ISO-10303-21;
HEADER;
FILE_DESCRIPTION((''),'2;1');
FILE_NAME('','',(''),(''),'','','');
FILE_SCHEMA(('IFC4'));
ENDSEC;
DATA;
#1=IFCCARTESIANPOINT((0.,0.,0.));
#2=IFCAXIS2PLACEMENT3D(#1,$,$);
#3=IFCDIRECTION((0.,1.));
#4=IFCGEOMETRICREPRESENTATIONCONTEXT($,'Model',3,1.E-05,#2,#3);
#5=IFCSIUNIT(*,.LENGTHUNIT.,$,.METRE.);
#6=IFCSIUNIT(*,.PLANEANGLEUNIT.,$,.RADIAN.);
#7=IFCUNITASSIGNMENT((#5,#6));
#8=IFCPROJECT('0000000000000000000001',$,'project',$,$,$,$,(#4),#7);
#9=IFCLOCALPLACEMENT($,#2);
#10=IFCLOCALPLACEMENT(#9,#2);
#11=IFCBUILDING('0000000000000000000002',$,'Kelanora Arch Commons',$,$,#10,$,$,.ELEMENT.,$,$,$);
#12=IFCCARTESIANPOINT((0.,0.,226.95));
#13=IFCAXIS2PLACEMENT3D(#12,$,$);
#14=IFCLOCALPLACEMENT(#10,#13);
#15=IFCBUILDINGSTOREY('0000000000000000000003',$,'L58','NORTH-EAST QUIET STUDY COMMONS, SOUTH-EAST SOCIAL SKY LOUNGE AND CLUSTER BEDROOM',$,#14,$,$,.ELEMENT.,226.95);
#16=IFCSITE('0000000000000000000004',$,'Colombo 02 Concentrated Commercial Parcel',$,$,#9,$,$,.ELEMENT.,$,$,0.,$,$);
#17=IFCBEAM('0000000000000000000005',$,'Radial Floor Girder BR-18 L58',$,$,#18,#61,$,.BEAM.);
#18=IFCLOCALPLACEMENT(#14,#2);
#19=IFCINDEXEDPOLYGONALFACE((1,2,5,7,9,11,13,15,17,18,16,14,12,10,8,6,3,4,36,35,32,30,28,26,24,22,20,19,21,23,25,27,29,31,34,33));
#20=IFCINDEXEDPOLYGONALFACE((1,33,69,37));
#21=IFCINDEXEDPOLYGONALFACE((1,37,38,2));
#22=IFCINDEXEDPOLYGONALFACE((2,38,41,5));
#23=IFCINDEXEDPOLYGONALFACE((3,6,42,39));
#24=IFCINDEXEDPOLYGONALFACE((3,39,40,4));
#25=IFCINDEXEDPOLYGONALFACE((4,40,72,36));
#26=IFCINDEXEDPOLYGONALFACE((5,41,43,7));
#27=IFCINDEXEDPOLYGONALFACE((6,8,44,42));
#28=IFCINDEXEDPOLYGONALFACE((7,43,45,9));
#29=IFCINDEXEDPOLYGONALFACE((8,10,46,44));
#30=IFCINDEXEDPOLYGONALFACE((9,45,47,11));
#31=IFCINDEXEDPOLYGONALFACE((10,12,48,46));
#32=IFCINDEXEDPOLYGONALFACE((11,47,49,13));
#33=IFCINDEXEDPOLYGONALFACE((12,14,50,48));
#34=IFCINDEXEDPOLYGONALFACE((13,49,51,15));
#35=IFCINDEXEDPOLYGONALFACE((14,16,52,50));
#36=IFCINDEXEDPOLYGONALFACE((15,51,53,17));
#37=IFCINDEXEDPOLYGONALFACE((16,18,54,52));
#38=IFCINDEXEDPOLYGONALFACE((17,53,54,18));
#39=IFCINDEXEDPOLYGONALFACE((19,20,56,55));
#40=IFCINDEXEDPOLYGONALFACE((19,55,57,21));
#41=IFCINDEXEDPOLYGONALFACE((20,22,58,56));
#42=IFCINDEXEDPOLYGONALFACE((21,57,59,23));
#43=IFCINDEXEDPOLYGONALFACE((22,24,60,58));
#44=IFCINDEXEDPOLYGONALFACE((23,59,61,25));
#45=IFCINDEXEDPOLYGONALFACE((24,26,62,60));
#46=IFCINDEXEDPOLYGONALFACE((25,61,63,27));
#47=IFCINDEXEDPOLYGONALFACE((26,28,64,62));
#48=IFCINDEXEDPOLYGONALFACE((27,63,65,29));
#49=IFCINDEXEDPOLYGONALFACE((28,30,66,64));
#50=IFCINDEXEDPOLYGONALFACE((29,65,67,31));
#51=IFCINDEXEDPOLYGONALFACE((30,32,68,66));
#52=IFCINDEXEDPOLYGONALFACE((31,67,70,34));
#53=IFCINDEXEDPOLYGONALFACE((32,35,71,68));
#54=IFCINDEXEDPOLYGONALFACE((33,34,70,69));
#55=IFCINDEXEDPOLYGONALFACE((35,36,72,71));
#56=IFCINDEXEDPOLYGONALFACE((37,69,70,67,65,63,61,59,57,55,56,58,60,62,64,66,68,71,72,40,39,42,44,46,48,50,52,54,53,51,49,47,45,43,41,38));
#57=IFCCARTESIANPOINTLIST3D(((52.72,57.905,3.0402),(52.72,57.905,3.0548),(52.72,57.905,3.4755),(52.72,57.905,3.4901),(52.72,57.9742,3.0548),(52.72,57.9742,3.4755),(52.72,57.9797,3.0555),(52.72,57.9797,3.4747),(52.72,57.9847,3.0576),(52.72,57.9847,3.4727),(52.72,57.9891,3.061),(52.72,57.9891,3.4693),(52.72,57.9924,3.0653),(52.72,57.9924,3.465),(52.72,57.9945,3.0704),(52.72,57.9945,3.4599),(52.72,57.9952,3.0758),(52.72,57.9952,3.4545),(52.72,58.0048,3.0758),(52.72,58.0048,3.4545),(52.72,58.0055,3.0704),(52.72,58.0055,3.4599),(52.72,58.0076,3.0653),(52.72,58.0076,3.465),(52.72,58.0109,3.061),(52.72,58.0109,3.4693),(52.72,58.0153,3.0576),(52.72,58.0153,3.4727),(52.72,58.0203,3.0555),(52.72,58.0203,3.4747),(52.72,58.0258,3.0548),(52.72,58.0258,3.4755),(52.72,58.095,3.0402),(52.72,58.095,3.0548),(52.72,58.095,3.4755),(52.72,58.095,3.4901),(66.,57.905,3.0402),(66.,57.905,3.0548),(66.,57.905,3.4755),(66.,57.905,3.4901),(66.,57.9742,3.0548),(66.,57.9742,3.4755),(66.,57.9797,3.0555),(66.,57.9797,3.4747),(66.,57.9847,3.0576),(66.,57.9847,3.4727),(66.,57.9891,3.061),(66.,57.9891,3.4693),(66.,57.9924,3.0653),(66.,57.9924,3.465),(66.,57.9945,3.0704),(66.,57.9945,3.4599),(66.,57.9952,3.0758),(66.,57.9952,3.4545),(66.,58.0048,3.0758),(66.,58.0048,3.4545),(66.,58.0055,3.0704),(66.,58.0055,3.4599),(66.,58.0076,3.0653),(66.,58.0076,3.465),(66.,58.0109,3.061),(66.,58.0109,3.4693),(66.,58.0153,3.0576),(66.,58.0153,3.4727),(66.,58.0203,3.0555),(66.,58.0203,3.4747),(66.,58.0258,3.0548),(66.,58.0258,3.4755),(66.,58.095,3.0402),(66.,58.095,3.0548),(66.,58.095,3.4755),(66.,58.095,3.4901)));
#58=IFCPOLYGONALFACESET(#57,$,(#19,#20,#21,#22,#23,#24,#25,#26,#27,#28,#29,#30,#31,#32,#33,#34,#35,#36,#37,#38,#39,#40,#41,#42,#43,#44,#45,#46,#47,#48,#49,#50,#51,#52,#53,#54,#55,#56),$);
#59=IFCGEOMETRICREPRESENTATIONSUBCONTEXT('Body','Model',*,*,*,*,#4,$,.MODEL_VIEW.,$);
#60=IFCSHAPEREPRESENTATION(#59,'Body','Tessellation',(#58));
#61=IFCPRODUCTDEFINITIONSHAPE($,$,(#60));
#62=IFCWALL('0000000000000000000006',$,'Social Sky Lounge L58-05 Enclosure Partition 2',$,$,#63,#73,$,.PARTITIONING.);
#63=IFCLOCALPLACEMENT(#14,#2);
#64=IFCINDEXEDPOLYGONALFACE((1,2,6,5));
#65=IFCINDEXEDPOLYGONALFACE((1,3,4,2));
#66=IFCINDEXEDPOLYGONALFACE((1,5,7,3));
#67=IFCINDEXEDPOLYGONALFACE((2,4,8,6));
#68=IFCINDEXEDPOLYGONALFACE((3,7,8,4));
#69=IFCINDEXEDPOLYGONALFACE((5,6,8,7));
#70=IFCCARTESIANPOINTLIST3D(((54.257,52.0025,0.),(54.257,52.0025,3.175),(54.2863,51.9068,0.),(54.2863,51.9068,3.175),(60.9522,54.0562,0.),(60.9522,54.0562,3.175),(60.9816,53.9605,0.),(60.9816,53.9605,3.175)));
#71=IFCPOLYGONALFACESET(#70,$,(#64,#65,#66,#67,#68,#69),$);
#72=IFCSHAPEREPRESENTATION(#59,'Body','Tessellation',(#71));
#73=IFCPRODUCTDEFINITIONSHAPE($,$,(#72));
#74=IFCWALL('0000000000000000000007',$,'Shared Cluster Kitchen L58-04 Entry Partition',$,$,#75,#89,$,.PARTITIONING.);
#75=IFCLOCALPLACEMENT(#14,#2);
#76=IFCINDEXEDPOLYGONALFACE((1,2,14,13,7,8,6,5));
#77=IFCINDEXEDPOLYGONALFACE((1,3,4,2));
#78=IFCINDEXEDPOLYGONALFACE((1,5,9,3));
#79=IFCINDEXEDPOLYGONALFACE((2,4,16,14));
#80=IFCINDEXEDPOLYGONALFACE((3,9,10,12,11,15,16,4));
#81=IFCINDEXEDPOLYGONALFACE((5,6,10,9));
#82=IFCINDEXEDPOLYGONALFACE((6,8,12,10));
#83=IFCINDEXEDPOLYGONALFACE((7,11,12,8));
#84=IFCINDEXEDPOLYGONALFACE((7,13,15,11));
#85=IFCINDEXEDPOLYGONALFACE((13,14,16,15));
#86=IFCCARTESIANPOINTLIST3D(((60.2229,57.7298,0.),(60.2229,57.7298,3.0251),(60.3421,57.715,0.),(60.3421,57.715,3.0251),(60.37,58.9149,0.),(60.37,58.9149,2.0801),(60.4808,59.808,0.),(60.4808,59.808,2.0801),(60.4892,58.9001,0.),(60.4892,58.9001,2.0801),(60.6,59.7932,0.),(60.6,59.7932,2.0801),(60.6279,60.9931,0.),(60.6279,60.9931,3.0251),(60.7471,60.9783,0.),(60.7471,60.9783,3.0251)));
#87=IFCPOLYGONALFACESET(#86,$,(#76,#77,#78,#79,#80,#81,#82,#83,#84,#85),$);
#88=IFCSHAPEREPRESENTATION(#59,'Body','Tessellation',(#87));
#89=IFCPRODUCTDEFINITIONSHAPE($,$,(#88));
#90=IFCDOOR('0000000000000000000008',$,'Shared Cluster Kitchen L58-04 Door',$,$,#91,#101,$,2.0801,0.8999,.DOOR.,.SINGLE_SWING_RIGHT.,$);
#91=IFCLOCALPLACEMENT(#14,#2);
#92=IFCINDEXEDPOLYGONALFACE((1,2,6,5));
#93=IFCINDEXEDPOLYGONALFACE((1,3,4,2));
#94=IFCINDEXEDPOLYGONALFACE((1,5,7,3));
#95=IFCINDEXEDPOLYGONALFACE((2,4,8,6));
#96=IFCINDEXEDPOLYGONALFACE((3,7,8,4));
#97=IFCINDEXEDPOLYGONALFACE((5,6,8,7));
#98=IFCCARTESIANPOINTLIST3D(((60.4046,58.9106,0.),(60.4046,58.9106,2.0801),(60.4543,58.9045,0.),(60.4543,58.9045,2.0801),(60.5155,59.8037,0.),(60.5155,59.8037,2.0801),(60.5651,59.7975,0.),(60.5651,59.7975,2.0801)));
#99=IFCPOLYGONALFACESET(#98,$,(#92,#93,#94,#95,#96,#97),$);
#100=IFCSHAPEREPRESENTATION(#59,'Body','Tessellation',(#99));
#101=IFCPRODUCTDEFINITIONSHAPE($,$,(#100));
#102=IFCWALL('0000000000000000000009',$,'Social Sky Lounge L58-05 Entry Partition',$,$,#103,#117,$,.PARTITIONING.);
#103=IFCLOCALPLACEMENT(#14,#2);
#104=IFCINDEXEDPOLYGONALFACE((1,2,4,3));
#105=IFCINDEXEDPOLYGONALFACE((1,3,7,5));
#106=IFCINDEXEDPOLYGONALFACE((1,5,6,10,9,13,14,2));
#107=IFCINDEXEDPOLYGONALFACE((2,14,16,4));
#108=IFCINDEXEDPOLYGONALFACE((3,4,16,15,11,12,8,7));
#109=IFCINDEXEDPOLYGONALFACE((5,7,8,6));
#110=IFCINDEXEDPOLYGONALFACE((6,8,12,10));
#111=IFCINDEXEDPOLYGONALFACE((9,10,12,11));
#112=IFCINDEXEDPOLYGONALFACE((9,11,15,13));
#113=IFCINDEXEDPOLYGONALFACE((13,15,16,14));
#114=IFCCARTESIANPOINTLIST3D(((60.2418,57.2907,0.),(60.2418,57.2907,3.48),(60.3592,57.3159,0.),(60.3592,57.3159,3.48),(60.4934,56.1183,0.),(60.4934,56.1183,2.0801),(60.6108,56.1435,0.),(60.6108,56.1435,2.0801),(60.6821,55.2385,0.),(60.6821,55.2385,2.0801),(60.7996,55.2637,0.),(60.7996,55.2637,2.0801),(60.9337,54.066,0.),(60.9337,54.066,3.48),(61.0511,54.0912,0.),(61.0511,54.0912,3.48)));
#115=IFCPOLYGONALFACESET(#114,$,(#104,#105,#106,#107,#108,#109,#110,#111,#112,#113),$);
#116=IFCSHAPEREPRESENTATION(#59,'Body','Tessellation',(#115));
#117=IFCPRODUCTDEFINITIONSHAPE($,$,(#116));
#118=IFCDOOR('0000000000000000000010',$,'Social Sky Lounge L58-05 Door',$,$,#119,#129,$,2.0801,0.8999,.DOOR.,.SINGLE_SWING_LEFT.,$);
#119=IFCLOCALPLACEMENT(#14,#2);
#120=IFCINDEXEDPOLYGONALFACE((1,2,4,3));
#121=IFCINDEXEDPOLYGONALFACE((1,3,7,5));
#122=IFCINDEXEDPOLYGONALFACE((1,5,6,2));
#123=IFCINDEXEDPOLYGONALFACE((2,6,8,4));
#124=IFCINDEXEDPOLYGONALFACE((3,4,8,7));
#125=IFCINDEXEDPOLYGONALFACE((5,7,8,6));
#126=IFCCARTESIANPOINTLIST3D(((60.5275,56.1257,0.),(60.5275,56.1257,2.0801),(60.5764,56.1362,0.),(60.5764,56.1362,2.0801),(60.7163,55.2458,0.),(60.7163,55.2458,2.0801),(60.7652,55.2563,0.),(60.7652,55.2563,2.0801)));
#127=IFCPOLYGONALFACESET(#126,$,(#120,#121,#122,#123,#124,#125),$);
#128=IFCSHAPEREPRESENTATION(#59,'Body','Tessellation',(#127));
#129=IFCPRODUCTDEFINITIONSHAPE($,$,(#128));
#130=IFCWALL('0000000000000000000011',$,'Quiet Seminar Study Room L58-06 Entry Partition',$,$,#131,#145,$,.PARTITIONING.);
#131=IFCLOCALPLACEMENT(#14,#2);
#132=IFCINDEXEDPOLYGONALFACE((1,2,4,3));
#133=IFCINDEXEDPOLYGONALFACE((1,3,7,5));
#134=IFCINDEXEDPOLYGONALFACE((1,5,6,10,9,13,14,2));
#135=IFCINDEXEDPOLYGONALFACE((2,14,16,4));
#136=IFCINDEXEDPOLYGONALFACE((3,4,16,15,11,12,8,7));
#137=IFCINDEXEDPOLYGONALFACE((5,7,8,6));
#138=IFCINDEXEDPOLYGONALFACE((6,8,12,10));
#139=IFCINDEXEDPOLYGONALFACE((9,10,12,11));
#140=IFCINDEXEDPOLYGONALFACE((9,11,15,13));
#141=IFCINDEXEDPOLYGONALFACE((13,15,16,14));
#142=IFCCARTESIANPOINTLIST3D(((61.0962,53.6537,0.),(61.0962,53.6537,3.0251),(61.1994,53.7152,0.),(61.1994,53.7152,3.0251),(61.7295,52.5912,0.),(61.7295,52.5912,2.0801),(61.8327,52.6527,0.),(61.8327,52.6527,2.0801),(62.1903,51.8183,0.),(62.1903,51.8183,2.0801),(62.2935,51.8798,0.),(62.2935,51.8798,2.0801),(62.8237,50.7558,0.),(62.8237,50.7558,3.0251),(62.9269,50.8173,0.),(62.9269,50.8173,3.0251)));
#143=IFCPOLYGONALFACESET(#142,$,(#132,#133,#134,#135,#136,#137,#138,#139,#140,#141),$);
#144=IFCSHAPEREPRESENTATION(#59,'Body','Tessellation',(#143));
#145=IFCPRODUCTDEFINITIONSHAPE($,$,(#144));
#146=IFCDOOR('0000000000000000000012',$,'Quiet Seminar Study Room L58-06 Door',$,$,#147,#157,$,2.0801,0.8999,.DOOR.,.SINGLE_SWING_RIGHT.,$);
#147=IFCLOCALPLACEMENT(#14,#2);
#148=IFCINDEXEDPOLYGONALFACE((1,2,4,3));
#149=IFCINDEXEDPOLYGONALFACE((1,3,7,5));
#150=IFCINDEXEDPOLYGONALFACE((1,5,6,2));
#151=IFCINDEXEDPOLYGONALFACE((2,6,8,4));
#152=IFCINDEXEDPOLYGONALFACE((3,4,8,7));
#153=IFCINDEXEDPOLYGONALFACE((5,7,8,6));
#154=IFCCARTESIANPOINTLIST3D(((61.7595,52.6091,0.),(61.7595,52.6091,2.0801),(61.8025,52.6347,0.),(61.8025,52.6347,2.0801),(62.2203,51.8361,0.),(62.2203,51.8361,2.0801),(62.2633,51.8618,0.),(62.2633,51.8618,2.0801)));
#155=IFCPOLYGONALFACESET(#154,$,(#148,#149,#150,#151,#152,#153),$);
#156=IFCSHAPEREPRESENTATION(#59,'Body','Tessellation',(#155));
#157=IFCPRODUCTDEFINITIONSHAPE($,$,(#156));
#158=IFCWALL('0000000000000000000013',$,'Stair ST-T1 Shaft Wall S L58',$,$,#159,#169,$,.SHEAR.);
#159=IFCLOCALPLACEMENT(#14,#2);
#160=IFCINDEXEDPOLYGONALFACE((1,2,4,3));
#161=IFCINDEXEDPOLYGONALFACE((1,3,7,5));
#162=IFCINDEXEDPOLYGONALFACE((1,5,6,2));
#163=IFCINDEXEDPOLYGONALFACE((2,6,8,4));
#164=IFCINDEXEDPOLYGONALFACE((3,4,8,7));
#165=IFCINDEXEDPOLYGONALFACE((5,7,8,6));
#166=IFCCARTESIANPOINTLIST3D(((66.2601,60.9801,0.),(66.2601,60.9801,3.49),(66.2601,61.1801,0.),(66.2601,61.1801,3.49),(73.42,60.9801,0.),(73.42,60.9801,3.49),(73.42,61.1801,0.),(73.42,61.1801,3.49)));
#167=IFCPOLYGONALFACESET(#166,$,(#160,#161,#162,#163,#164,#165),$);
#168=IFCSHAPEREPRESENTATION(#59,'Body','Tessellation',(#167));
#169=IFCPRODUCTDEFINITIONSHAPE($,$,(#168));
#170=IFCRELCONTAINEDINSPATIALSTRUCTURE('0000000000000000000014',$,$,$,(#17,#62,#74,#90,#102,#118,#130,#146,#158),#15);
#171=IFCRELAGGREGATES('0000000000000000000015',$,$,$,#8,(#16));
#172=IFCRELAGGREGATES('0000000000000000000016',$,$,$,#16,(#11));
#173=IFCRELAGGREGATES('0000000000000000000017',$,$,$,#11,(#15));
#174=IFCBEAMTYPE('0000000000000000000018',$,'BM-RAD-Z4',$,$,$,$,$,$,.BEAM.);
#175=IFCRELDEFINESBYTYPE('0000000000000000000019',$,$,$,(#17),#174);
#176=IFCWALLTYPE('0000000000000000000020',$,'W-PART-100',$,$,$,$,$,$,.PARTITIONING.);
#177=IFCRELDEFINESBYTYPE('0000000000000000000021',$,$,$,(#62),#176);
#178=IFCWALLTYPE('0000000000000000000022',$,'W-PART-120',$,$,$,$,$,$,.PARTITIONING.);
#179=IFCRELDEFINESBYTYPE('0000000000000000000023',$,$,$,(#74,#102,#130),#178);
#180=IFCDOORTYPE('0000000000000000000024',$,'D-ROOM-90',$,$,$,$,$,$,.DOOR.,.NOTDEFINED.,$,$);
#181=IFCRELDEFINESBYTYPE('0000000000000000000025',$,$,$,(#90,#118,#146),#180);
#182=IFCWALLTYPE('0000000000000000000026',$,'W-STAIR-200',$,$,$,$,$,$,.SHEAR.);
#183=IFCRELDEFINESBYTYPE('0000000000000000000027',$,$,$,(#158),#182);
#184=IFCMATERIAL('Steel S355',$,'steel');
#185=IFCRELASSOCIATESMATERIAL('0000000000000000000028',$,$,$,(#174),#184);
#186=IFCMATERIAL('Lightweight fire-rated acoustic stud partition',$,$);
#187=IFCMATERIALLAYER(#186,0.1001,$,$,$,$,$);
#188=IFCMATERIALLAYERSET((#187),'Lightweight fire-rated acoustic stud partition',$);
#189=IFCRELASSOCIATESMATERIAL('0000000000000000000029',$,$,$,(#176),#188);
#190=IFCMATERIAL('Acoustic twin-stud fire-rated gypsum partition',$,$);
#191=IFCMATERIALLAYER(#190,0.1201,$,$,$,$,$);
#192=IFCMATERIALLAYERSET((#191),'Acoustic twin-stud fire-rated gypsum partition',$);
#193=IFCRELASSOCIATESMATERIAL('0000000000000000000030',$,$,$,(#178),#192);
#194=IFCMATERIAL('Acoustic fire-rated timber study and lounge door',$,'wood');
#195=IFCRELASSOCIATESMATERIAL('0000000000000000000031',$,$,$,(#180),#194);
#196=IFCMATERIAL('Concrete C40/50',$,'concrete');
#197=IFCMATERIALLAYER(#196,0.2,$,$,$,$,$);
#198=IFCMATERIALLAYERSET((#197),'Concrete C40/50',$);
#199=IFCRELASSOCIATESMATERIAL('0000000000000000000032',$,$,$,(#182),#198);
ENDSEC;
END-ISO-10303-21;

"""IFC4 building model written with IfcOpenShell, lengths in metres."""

from ifc_helpers import new_model, si_unit, direction, frame, frame_2d, origin, origin_2d, place, context, subcontext, project, spatial, rectangle, i_section, extrude, material, layer, layer_set, material_profile, profile_set, type_object, element, fill, save


model = new_model("IFC4")

# Units and contexts
model_context = context("Model", 3, precision=1e-05, world=origin(), true_north=direction((0.0, 1.0)))
body_context = subcontext(model_context, "Body", "Model", "MODEL_VIEW")
ifc_project = project(units=[si_unit("LENGTHUNIT", "METRE"), si_unit("PLANEANGLEUNIT", "RADIAN")], contexts=[model_context])

# Site, building, storey
site_placement = place(None, origin())
site = spatial("IfcSite", under=ifc_project, at=site_placement, Name="Colombo 02 Concentrated Commercial Parcel", CompositionType="ELEMENT", RefElevation=0.0)
building_placement = place(site_placement, origin())
building = spatial("IfcBuilding", under=site, at=building_placement, Name="Kelanora Arch Commons", CompositionType="ELEMENT")
storey_placement = place(building_placement, frame((0.0, 0.0, 226.95)))
storey = spatial("IfcBuildingStorey", under=building, at=storey_placement, Name="L58", Description="NORTH-EAST QUIET STUDY COMMONS, SOUTH-EAST SOCIAL SKY LOUNGE AND CLUSTER BEDROOM", CompositionType="ELEMENT", Elevation=226.95)

# Beam
ifc_material_1 = material(Name="Steel S355", Category="steel")
ifc_material_profile_1 = material_profile(ifc_material_1, i_section(OverallWidth=0.1899, OverallDepth=0.45, WebThickness=0.0095, FlangeThickness=0.0146, FilletRadius=0.021, at=origin_2d()), Name="IPE450")
ifc_profile_set_1 = profile_set([ifc_material_profile_1], Name="Steel S355")
beam_type_1 = type_object("IfcBeamType", Name="BM-RAD-Z4", PredefinedType="BEAM", material=ifc_profile_set_1)
beam_1_placement = place(storey_placement, frame((66.0, 58.0, 3.2651), z_axis=(-1.0, 0.0, 0.0), x_axis=(0.0, -1.0, 0.0)))
element("IfcBeam", 1, at=beam_1_placement, inside=storey, type_object=beam_type_1, Name="Radial Floor Girder BR-18 L58", PredefinedType="BEAM", context=body_context, shape_type="SweptSolid", body=[
    extrude(i_section(OverallWidth=0.1899, OverallDepth=0.45, WebThickness=0.0095, FlangeThickness=0.0146, FilletRadius=0.021, at=origin_2d()), origin(), (0.0, 0.0, 1.0), 13.28),
])

# Wall
ifc_material_2 = material(Name="Lightweight fire-rated acoustic stud partition")
ifc_layer_1 = layer(ifc_material_2, 0.1001)
ifc_layer_set_1 = layer_set([ifc_layer_1], Name="Lightweight fire-rated acoustic stud partition")
wall_type_1 = type_object("IfcWallType", Name="W-PART-100", PredefinedType="PARTITIONING", material=ifc_layer_set_1)
wall_1_placement = place(storey_placement, frame((60.9668, 54.0083, 0.0), z_axis=(0.0, 0.0, 1.0), x_axis=(-0.956035, -0.293253, 0.0)))
element("IfcWall", 2, at=wall_1_placement, inside=storey, type_object=wall_type_1, Name="Social Sky Lounge L58-05 Enclosure Partition 2", PredefinedType="PARTITIONING", context=body_context, shape_type="SweptSolid", body=[
    extrude(rectangle(XDim=7.0032, YDim=0.1001, at=frame_2d((3.5015, 0.0))), origin(), (0.0, 0.0, 1.0), 3.175),
])

# Walls, openings, doors
ifc_material_3 = material(Name="Acoustic twin-stud fire-rated gypsum partition")
ifc_layer_2 = layer(ifc_material_3, 0.1201)
ifc_layer_set_2 = layer_set([ifc_layer_2], Name="Acoustic twin-stud fire-rated gypsum partition")
wall_type_2 = type_object("IfcWallType", Name="W-PART-120", PredefinedType="PARTITIONING", material=ifc_layer_set_2)
wall_2_placement = place(storey_placement, frame((60.6875, 60.9856, 0.0), z_axis=(0.0, 0.0, 1.0), x_axis=(-0.123176, -0.992385, 0.0)))
wall_2 = element("IfcWall", 3, at=wall_2_placement, inside=storey, type_object=wall_type_2, Name="Shared Cluster Kitchen L58-04 Entry Partition", PredefinedType="PARTITIONING", context=body_context, shape_type="SweptSolid", body=[
    extrude(rectangle(XDim=3.2883, YDim=0.1201, at=frame_2d((1.644, 0.0))), origin(), (0.0, 0.0, 1.0), 3.0251),
])
opening_1_placement = place(wall_2_placement, frame((1.1941, 0.0, 0.0)))
opening_1 = element("IfcOpeningElement", 4, at=opening_1_placement, cuts=wall_2, PredefinedType="OPENING", context=body_context, shape_type="SweptSolid", body=[
    extrude(rectangle(XDim=0.8999, YDim=2.0801, at=frame_2d((0.45, 1.04))), frame((0.0, 0.0701, 0.0), z_axis=(0.0, -1.0, 0.0), x_axis=(1.0, 0.0, 0.0)), (0.0, 0.0, 1.0), 0.1401),
])
ifc_material_4 = material(Name="Acoustic fire-rated timber study and lounge door", Category="wood")
door_type_1 = type_object("IfcDoorType", Name="D-ROOM-90", OperationType="NOTDEFINED", PredefinedType="DOOR", material=ifc_material_4)
door_1_placement = place(opening_1_placement, origin())
door_1 = element("IfcDoor", 5, at=door_1_placement, inside=storey, type_object=door_type_1, Name="Shared Cluster Kitchen L58-04 Door", OperationType="SINGLE_SWING_RIGHT", OverallHeight=2.0801, OverallWidth=0.8999, PredefinedType="DOOR", context=body_context, shape_type="SweptSolid", body=[
    extrude(rectangle(XDim=0.8999, YDim=2.0801, at=frame_2d((0.45, 1.04))), frame((0.0, 0.0249, 0.0), z_axis=(0.0, -1.0, 0.0), x_axis=(1.0, 0.0, 0.0)), (0.0, 0.0, 1.0), 0.05),
])
fill(opening_1, door_1)
wall_3_placement = place(storey_placement, frame((60.3005, 57.3032, 0.0), z_axis=(0.0, 0.0, 1.0), x_axis=(0.209792, -0.977746, 0.0)))
wall_3 = element("IfcWall", 6, at=wall_3_placement, inside=storey, type_object=wall_type_2, Name="Social Sky Lounge L58-05 Entry Partition", PredefinedType="PARTITIONING", context=body_context, shape_type="SweptSolid", body=[
    extrude(rectangle(XDim=3.2981, YDim=0.1201, at=frame_2d((1.6489, 0.0))), origin(), (0.0, 0.0, 1.0), 3.48),
])
opening_2_placement = place(wall_3_placement, frame((1.199, 0.0, 0.0)))
opening_2 = element("IfcOpeningElement", 7, at=opening_2_placement, cuts=wall_3, PredefinedType="OPENING", context=body_context, shape_type="SweptSolid", body=[
    extrude(rectangle(XDim=0.8999, YDim=2.0801, at=frame_2d((0.45, 1.04))), frame((0.0, 0.0701, 0.0), z_axis=(0.0, -1.0, 0.0), x_axis=(1.0, 0.0, 0.0)), (0.0, 0.0, 1.0), 0.1401),
])
door_2_placement = place(opening_2_placement, origin())
door_2 = element("IfcDoor", 8, at=door_2_placement, inside=storey, type_object=door_type_1, Name="Social Sky Lounge L58-05 Door", OperationType="SINGLE_SWING_LEFT", OverallHeight=2.0801, OverallWidth=0.8999, PredefinedType="DOOR", context=body_context, shape_type="SweptSolid", body=[
    extrude(rectangle(XDim=0.8999, YDim=2.0801, at=frame_2d((0.45, 1.04))), frame((0.0, 0.0249, 0.0), z_axis=(0.0, -1.0, 0.0), x_axis=(1.0, 0.0, 0.0)), (0.0, 0.0, 1.0), 0.05),
])
fill(opening_2, door_2)
wall_4_placement = place(storey_placement, frame((61.1477, 53.6846, 0.0), z_axis=(0.0, 0.0, 1.0), x_axis=(0.512046, -0.858958, 0.0)))
wall_4 = element("IfcWall", 9, at=wall_4_placement, inside=storey, type_object=wall_type_2, Name="Quiet Seminar Study Room L58-06 Entry Partition", PredefinedType="PARTITIONING", context=body_context, shape_type="SweptSolid", body=[
    extrude(rectangle(XDim=3.3738, YDim=0.1201, at=frame_2d((1.687, 0.0))), origin(), (0.0, 0.0, 1.0), 3.0251),
])
opening_3_placement = place(wall_4_placement, frame((1.2371, 0.0, 0.0)))
opening_3 = element("IfcOpeningElement", 10, at=opening_3_placement, cuts=wall_4, PredefinedType="OPENING", context=body_context, shape_type="SweptSolid", body=[
    extrude(rectangle(XDim=0.8999, YDim=2.0801, at=frame_2d((0.45, 1.04))), frame((0.0, 0.0701, 0.0), z_axis=(0.0, -1.0, 0.0), x_axis=(1.0, 0.0, 0.0)), (0.0, 0.0, 1.0), 0.1401),
])
door_3_placement = place(opening_3_placement, origin())
door_3 = element("IfcDoor", 11, at=door_3_placement, inside=storey, type_object=door_type_1, Name="Quiet Seminar Study Room L58-06 Door", OperationType="SINGLE_SWING_RIGHT", OverallHeight=2.0801, OverallWidth=0.8999, PredefinedType="DOOR", context=body_context, shape_type="SweptSolid", body=[
    extrude(rectangle(XDim=0.8999, YDim=2.0801, at=frame_2d((0.45, 1.04))), frame((0.0, 0.0249, 0.0), z_axis=(0.0, -1.0, 0.0), x_axis=(1.0, 0.0, 0.0)), (0.0, 0.0, 1.0), 0.05),
])
fill(opening_3, door_3)

# Wall
ifc_material_5 = material(Name="Concrete C40/50", Category="concrete")
ifc_layer_3 = layer(ifc_material_5, 0.2)
ifc_layer_set_3 = layer_set([ifc_layer_3], Name="Concrete C40/50")
wall_type_3 = type_object("IfcWallType", Name="W-STAIR-200", PredefinedType="SHEAR", material=ifc_layer_set_3)
for number, where, z_axis, x_axis, name in (
    (12, (66.26, 61.0801, 0.0), (0.0, 0.0, 1.0), (1.0, 0.0, 0.0), "Stair ST-T1 Shaft Wall S L58"),
):
    element("IfcWall", number, at=place(storey_placement, frame(where, z_axis=z_axis, x_axis=x_axis)), inside=storey, type_object=wall_type_3, Name=name, PredefinedType="SHEAR", context=body_context, shape_type="SweptSolid", body=[
        extrude(rectangle(XDim=7.1599, YDim=0.2, at=frame_2d((3.5801, 0.0))), origin(), (0.0, 0.0, 1.0), 3.49),
    ])

save(model, "model.ifc")
